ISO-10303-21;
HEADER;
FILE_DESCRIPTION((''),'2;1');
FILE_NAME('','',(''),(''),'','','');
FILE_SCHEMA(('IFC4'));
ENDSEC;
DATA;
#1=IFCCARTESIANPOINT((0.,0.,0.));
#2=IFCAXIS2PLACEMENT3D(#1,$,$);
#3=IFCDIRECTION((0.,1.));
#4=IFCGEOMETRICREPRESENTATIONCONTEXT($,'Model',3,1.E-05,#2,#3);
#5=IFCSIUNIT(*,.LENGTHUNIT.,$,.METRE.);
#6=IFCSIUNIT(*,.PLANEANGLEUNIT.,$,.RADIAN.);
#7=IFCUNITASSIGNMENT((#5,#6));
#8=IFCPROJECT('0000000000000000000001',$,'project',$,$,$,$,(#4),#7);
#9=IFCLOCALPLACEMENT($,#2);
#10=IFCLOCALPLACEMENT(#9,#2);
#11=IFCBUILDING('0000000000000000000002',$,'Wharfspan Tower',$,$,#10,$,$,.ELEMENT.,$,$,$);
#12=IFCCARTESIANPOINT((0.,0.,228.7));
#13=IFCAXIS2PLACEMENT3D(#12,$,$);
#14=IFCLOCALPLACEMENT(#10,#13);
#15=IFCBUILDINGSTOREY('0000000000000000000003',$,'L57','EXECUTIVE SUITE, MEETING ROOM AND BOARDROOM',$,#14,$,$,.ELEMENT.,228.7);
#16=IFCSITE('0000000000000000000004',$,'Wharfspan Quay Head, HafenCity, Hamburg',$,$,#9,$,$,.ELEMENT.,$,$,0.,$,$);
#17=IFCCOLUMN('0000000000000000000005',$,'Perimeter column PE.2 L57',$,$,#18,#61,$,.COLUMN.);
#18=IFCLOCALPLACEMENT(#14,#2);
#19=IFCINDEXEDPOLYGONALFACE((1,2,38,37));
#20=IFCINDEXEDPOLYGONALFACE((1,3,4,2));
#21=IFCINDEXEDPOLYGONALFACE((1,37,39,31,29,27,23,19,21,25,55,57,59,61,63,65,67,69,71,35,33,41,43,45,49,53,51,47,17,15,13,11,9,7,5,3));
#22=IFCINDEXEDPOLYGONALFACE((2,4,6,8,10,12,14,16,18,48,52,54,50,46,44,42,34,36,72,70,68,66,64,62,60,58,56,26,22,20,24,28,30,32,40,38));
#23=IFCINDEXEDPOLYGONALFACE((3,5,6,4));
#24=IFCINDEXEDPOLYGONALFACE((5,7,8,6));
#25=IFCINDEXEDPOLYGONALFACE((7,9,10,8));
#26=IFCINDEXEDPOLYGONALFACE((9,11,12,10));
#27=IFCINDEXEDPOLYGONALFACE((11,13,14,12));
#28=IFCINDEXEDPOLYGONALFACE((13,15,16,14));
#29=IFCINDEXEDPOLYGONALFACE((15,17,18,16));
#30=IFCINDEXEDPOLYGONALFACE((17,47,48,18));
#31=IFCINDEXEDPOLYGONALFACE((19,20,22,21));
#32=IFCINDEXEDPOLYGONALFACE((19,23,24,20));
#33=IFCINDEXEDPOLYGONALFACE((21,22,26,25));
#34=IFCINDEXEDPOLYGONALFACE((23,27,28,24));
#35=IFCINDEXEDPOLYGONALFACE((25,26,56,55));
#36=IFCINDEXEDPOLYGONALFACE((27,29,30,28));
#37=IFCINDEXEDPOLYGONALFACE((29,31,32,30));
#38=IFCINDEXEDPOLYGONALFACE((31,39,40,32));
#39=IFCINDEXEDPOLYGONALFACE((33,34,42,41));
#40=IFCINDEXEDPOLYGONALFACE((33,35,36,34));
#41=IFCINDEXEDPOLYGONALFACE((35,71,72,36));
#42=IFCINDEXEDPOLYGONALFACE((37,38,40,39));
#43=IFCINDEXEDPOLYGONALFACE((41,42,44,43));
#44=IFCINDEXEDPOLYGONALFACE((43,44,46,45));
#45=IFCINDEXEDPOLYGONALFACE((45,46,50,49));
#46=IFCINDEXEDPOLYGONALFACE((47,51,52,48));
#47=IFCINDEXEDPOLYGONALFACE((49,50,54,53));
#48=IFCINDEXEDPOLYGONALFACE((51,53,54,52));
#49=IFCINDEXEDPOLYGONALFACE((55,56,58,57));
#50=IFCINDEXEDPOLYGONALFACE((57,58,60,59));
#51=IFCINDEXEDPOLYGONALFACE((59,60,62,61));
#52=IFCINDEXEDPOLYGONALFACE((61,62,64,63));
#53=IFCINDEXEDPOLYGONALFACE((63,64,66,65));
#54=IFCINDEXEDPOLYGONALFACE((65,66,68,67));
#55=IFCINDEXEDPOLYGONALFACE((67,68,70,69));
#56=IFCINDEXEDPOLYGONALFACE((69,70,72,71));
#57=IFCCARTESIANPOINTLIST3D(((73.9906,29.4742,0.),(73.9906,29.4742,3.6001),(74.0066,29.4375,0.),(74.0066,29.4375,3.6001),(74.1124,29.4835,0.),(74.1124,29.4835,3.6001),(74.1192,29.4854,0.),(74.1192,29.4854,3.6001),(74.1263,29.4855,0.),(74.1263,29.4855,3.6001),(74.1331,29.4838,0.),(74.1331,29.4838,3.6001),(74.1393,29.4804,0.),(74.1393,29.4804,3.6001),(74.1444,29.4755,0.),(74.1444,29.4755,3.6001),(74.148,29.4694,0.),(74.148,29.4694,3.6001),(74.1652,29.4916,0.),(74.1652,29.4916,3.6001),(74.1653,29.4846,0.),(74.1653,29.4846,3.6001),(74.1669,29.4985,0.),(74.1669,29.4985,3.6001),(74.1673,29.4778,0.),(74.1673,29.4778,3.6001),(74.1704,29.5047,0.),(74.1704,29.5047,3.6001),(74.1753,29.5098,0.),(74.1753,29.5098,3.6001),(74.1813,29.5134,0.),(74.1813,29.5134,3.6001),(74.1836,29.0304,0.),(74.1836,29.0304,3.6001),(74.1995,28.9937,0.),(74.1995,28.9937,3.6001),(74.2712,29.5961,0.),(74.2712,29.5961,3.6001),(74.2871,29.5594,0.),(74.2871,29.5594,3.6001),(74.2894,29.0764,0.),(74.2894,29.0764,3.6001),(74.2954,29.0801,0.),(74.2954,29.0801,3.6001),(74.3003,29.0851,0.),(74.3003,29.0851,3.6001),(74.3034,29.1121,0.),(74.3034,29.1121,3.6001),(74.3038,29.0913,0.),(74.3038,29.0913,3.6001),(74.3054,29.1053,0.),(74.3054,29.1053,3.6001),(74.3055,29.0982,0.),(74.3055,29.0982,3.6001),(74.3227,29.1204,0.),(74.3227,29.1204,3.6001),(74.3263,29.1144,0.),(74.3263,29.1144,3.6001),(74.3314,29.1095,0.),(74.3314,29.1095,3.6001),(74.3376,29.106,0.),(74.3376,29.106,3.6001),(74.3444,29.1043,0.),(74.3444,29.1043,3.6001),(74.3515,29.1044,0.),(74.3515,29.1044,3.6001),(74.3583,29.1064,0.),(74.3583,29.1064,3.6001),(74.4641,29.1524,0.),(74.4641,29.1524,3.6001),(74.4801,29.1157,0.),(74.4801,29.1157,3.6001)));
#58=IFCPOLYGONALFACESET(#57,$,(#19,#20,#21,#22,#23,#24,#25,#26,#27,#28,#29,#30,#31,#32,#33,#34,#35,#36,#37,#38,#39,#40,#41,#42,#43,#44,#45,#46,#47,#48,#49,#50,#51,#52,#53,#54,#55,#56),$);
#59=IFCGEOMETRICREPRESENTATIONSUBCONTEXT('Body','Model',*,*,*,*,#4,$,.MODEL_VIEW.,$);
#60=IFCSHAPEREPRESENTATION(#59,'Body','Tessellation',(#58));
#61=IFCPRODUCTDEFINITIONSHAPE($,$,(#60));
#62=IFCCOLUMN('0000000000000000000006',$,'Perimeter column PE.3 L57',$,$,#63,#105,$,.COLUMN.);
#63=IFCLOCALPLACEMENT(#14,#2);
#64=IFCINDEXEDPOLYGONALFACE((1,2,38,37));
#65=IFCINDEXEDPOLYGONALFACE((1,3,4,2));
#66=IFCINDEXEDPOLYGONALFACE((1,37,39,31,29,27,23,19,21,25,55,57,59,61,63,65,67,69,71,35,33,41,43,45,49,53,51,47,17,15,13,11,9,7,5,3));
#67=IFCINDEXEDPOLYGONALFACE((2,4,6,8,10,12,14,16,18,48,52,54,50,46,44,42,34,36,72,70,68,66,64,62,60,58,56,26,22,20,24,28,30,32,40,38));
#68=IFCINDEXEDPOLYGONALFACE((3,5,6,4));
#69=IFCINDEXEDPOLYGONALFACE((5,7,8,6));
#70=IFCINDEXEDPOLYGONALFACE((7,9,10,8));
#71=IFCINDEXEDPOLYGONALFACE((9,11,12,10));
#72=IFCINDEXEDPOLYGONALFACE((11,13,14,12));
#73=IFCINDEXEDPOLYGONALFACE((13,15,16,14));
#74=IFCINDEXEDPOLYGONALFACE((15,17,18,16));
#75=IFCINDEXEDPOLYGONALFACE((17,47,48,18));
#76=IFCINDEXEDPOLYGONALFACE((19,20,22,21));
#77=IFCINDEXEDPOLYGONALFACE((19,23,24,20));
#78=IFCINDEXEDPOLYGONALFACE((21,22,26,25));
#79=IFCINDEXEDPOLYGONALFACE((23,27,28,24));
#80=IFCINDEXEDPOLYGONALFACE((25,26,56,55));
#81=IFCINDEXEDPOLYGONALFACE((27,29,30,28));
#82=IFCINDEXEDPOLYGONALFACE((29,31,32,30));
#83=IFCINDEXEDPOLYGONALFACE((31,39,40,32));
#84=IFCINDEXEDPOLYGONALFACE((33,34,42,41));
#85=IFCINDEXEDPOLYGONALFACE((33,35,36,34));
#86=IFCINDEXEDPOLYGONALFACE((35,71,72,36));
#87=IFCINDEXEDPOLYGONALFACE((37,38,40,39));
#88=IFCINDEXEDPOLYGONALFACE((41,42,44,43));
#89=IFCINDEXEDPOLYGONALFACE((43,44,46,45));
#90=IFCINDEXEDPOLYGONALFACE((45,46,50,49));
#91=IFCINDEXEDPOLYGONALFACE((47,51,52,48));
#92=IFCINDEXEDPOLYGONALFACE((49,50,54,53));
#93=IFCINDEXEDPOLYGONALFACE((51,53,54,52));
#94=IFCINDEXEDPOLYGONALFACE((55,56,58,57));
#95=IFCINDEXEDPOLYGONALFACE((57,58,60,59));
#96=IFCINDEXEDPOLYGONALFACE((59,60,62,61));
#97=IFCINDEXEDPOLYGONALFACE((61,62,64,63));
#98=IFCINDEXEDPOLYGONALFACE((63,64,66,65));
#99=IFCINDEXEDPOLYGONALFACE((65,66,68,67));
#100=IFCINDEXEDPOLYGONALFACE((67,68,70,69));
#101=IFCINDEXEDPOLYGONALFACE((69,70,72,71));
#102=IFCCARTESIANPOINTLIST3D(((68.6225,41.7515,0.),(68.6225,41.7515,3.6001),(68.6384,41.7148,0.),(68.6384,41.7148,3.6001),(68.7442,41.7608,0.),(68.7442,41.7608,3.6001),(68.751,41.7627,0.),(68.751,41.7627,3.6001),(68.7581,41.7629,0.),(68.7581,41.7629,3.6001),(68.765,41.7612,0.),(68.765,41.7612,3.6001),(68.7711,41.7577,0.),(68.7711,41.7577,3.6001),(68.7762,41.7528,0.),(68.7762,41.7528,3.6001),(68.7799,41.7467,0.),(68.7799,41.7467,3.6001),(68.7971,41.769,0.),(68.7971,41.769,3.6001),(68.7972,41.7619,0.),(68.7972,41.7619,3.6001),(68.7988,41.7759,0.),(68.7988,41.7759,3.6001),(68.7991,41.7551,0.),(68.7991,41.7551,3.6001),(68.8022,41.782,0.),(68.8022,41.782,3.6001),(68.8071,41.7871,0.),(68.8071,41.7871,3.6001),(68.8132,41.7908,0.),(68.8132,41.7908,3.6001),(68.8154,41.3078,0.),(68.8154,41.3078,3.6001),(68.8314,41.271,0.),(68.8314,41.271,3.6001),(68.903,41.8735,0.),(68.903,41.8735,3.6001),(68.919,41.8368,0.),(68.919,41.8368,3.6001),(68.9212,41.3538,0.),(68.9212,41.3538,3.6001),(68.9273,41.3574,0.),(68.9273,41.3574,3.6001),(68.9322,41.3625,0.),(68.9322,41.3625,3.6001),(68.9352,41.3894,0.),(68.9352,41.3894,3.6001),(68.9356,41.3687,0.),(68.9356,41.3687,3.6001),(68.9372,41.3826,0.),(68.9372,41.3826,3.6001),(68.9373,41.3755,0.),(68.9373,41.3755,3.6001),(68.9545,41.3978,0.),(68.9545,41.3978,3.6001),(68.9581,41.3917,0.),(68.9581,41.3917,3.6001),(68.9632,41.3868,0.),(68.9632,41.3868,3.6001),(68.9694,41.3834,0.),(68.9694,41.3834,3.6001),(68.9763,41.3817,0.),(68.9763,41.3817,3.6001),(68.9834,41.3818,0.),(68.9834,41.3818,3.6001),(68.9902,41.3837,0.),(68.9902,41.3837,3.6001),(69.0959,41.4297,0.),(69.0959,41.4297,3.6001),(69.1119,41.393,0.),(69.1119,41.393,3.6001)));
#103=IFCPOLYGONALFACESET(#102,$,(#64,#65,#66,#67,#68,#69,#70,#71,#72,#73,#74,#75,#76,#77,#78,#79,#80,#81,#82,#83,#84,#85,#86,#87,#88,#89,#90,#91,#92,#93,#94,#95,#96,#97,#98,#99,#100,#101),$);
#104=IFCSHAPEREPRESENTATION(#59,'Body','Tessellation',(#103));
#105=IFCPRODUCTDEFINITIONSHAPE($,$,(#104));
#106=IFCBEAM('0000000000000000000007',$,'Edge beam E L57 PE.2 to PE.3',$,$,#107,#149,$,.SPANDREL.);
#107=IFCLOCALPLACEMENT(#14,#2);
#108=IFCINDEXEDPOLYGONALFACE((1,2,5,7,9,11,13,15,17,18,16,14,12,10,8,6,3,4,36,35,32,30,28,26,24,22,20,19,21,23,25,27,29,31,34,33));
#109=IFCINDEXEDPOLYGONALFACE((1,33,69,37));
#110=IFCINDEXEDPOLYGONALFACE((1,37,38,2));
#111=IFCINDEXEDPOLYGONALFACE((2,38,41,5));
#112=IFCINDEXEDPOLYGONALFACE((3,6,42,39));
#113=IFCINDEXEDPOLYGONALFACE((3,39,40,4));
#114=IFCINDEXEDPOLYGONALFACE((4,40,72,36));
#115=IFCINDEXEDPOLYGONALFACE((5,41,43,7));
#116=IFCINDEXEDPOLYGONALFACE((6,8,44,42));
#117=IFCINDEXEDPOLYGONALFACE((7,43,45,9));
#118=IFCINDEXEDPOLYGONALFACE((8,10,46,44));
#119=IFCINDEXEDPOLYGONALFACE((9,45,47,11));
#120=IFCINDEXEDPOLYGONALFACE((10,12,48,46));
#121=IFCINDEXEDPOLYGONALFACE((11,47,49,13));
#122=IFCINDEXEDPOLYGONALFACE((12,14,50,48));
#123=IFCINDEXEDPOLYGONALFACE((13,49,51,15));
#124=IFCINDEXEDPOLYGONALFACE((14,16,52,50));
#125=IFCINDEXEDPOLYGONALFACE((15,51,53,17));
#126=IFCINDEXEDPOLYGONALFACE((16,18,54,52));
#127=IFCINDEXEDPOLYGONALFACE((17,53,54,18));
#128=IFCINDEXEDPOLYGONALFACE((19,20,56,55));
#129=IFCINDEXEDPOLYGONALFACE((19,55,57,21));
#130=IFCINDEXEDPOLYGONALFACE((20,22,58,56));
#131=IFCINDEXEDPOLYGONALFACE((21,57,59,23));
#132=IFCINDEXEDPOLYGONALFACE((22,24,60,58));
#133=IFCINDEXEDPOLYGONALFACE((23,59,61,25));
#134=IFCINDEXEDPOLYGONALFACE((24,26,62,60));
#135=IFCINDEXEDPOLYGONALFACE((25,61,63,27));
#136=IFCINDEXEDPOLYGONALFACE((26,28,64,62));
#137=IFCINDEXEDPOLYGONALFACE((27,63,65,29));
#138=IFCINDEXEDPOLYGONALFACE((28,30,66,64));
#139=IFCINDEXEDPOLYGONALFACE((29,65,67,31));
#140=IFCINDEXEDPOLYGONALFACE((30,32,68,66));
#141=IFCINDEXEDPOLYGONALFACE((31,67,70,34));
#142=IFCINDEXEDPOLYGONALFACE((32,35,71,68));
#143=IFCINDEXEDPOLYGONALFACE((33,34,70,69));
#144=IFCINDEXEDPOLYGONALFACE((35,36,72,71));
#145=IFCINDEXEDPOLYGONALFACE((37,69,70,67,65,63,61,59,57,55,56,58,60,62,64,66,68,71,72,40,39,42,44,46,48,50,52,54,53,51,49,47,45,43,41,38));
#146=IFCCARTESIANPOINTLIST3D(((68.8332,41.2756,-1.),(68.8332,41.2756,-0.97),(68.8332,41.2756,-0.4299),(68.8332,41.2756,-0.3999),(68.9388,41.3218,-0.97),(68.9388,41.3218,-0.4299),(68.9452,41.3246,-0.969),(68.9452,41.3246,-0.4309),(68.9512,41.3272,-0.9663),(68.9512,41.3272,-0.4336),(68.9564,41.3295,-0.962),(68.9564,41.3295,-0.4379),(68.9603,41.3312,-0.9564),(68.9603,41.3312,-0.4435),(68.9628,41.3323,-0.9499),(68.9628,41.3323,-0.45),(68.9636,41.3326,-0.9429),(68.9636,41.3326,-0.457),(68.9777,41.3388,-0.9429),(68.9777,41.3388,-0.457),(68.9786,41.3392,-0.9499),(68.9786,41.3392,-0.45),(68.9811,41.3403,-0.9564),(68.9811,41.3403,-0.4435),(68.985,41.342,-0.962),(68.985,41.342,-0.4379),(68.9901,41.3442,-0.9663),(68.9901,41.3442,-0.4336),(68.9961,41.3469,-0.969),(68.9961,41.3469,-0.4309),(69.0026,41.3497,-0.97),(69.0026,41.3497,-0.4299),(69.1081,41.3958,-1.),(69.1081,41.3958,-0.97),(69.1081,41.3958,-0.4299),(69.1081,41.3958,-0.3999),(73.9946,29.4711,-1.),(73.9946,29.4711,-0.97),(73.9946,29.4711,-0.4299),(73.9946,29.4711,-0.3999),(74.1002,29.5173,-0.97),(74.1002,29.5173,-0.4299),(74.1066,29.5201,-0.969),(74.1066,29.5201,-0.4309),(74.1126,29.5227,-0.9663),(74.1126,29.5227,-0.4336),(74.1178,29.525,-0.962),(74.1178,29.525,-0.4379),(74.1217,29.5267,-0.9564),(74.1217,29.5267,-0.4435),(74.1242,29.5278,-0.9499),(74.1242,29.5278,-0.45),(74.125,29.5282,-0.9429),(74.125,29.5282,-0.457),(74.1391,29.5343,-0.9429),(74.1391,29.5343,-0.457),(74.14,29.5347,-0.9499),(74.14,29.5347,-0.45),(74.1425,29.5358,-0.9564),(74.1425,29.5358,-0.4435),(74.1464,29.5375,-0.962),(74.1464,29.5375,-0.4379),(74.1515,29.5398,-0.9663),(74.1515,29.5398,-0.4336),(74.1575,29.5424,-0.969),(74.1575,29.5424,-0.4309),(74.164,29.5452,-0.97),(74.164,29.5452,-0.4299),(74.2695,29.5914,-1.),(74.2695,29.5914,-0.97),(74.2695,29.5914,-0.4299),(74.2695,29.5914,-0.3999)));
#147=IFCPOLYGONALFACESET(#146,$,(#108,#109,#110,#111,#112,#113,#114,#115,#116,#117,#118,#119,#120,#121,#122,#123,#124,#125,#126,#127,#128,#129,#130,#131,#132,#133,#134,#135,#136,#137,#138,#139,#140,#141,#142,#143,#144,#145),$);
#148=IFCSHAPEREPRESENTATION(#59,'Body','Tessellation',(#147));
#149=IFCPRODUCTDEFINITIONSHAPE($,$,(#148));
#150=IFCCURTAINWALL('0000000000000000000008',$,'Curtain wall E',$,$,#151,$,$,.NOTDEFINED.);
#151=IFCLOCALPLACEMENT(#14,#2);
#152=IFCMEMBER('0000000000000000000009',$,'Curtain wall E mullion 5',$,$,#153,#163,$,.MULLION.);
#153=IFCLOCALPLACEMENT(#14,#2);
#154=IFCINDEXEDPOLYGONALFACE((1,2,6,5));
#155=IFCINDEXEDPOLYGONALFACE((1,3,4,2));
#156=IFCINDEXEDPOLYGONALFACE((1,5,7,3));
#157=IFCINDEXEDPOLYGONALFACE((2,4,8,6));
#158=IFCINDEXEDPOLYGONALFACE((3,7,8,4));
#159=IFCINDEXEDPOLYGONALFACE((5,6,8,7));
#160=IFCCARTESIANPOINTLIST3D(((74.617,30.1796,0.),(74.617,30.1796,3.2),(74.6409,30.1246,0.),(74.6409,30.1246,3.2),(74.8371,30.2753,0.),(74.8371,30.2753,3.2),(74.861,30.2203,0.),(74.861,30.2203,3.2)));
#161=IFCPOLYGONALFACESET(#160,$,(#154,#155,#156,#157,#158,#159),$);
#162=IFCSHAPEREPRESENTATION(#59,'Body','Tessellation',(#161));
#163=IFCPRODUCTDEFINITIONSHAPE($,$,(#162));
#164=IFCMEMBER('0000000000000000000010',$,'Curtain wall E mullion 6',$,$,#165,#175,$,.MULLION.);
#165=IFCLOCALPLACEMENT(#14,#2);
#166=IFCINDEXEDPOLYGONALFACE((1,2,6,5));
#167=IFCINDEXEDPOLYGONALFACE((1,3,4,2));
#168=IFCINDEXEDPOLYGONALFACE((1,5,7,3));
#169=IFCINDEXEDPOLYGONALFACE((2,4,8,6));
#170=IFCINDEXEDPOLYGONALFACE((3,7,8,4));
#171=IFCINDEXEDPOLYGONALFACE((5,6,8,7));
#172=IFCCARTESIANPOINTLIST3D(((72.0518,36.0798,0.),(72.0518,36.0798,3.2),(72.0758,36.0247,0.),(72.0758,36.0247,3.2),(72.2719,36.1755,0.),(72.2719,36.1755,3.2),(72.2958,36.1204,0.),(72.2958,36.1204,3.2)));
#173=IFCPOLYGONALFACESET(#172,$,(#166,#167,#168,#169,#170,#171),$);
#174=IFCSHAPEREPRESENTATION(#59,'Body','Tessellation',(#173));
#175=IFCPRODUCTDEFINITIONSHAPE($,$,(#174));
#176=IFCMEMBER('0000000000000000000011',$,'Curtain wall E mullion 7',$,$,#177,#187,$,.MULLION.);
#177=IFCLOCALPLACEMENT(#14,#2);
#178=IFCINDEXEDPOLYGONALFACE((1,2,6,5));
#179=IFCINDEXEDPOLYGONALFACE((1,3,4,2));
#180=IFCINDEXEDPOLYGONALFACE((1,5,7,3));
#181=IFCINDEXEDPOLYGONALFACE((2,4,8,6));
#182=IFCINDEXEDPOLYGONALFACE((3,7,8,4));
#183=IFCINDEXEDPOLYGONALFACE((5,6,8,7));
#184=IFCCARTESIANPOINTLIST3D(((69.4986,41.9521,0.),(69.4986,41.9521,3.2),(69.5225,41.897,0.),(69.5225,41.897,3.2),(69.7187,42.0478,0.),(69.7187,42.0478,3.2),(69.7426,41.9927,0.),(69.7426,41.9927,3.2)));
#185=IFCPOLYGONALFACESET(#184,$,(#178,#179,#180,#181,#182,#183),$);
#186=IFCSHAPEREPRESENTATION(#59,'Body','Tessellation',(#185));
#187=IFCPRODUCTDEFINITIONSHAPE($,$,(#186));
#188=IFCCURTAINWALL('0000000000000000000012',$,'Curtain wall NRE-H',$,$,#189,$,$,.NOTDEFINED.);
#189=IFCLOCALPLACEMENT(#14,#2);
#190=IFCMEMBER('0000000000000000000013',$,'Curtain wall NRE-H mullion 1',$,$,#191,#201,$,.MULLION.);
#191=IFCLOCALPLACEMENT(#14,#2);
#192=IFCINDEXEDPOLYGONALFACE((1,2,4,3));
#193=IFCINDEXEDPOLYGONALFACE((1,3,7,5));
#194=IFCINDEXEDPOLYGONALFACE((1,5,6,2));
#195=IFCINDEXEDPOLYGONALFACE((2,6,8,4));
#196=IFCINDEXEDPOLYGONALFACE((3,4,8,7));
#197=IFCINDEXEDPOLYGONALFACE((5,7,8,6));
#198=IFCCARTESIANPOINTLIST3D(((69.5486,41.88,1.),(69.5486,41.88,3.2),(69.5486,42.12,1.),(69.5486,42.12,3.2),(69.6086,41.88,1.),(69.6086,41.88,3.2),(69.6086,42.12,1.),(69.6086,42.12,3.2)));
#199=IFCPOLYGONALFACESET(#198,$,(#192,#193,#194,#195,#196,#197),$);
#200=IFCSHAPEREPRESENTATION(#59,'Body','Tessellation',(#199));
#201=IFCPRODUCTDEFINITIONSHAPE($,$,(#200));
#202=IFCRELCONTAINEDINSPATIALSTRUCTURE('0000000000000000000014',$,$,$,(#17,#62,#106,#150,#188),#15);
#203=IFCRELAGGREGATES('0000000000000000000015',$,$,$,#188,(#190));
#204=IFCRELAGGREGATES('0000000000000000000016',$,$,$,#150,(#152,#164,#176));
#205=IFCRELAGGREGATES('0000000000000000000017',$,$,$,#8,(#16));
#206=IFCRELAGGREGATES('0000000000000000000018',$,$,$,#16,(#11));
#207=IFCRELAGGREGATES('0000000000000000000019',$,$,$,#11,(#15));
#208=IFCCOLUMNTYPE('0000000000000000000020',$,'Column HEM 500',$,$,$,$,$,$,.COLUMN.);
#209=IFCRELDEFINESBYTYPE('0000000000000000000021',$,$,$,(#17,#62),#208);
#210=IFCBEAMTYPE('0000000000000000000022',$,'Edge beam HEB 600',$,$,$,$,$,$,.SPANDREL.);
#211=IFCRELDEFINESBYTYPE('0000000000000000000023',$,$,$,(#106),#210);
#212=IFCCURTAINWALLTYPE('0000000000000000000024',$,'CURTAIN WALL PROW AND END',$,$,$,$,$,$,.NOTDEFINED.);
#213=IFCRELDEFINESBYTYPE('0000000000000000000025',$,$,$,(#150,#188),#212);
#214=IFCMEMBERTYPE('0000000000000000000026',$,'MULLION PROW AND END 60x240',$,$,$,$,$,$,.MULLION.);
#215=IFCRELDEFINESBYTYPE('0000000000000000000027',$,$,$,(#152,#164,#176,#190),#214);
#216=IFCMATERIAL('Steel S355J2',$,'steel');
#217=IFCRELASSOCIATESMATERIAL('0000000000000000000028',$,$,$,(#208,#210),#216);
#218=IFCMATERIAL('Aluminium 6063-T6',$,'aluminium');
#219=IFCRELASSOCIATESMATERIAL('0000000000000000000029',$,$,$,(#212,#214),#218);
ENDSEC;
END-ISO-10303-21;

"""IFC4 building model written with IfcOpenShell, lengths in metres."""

from ifc_helpers import new_model, si_unit, direction, frame, origin, origin_2d, place, context, subcontext, project, spatial, rectangle, i_section, extrude, material, material_profile, profile_set, type_object, element, aggregate, save


model = new_model("IFC4")

# Units and contexts
model_context = context("Model", 3, precision=1e-05, world=origin(), true_north=direction((0.0, 1.0)))
body_context = subcontext(model_context, "Body", "Model", "MODEL_VIEW")
ifc_project = project(units=[si_unit("LENGTHUNIT", "METRE"), si_unit("PLANEANGLEUNIT", "RADIAN")], contexts=[model_context])

# Site, building, storey
site_placement = place(None, origin())
site = spatial("IfcSite", under=ifc_project, at=site_placement, Name="Wharfspan Quay Head, HafenCity, Hamburg", CompositionType="ELEMENT", RefElevation=0.0)
building_placement = place(site_placement, origin())
building = spatial("IfcBuilding", under=site, at=building_placement, Name="Wharfspan Tower", CompositionType="ELEMENT")
storey_placement = place(building_placement, frame((0.0, 0.0, 228.7)))
storey = spatial("IfcBuildingStorey", under=building, at=storey_placement, Name="L57", Description="EXECUTIVE SUITE, MEETING ROOM AND BOARDROOM", CompositionType="ELEMENT", Elevation=228.7)

# Columns
ifc_material_1 = material(Name="Steel S355J2", Category="steel")
ifc_material_profile_1 = material_profile(ifc_material_1, i_section(OverallWidth=0.3059, OverallDepth=0.5239, WebThickness=0.021, FlangeThickness=0.04, FilletRadius=0.0271, at=origin_2d()))
ifc_profile_set_1 = profile_set([ifc_material_profile_1], Name="Steel S355J2")
column_type = type_object("IfcColumnType", Name="Column HEM 500", PredefinedType="COLUMN", material=ifc_profile_set_1)
for number, where, z_axis, x_axis, name in (
    (1, (74.2354, 29.2949, 0.0), (0.0, 0.0, 1.0), (0.917072, 0.398727, 0.0), "Perimeter column PE.2 L57"),
    (2, (68.8672, 41.5723, 0.0), (0.0, 0.0, 1.0), (0.917072, 0.398727, 0.0), "Perimeter column PE.3 L57"),
):
    element("IfcColumn", number, at=place(storey_placement, frame(where, z_axis=z_axis, x_axis=x_axis)), inside=storey, type_object=column_type, Name=name, PredefinedType="COLUMN", context=body_context, shape_type="SweptSolid", body=[
        extrude(i_section(OverallWidth=0.3059, OverallDepth=0.5239, WebThickness=0.021, FlangeThickness=0.04, FilletRadius=0.0271, at=origin_2d()), origin(), (0.0, 0.0, 1.0), 3.6001),
    ])

# Beam
ifc_material_profile_2 = material_profile(ifc_material_1, i_section(OverallWidth=0.3, OverallDepth=0.6001, WebThickness=0.0154, FlangeThickness=0.03, FilletRadius=0.0271, at=origin_2d()))
ifc_profile_set_2 = profile_set([ifc_material_profile_2], Name="Steel S355J2")
beam_type = type_object("IfcBeamType", Name="Edge beam HEB 600", PredefinedType="SPANDREL", material=ifc_profile_set_2)
beam_placement = place(storey_placement, frame((74.1321, 29.5312, -0.7), z_axis=(-0.400619, 0.916245, 0.0), x_axis=(-0.916245, -0.400619, 0.0)))
element("IfcBeam", 3, at=beam_placement, inside=storey, type_object=beam_type, Name="Edge beam E L57 PE.2 to PE.3", PredefinedType="SPANDREL", context=body_context, shape_type="SweptSolid", body=[
    extrude(i_section(OverallWidth=0.3, OverallDepth=0.6001, WebThickness=0.0154, FlangeThickness=0.03, FilletRadius=0.0271, at=origin_2d()), origin(), (0.0, 0.0, 1.0), 12.8835),
])

# Curtain wall, members
ifc_material_2 = material(Name="Aluminium 6063-T6", Category="aluminium")
curtain_wall_type = type_object("IfcCurtainWallType", Name="CURTAIN WALL PROW AND END", PredefinedType="NOTDEFINED", material=ifc_material_2)
curtain_wall_1_placement = place(storey_placement, origin())
curtain_wall_1 = element("IfcCurtainWall", 4, at=curtain_wall_1_placement, inside=storey, type_object=curtain_wall_type, Name="Curtain wall E", PredefinedType="NOTDEFINED")
ifc_material_profile_3 = material_profile(ifc_material_2, rectangle(XDim=0.24, YDim=0.0601, at=origin_2d()))
ifc_profile_set_3 = profile_set([ifc_material_profile_3], Name="Aluminium 6063-T6")
member_type_1 = type_object("IfcMemberType", Name="MULLION PROW AND END 60x240", PredefinedType="MULLION", material=ifc_profile_set_3)
member_1_placement = place(storey_placement, frame((74.739, 30.2, 0.0), z_axis=(0.0, 0.0, 1.0), x_axis=(-0.917072, -0.398727, 0.0)))
member_1 = element("IfcMember", 5, at=member_1_placement, type_object=member_type_1, Name="Curtain wall E mullion 5", PredefinedType="MULLION", context=body_context, shape_type="SweptSolid", body=[
    extrude(rectangle(XDim=0.24, YDim=0.0601, at=origin_2d()), origin(), (0.0, 0.0, 1.0), 3.2),
])
member_2_placement = place(storey_placement, frame((72.1738, 36.1001, 0.0), z_axis=(0.0, 0.0, 1.0), x_axis=(-0.917072, -0.398727, 0.0)))
member_2 = element("IfcMember", 6, at=member_2_placement, type_object=member_type_1, Name="Curtain wall E mullion 6", PredefinedType="MULLION", context=body_context, shape_type="SweptSolid", body=[
    extrude(rectangle(XDim=0.24, YDim=0.0601, at=origin_2d()), origin(), (0.0, 0.0, 1.0), 3.2),
])
member_3_placement = place(storey_placement, frame((69.6206, 41.9724, 0.0), z_axis=(0.0, 0.0, 1.0), x_axis=(-0.917072, -0.398727, 0.0)))
member_3 = element("IfcMember", 7, at=member_3_placement, type_object=member_type_1, Name="Curtain wall E mullion 7", PredefinedType="MULLION", context=body_context, shape_type="SweptSolid", body=[
    extrude(rectangle(XDim=0.24, YDim=0.0601, at=origin_2d()), origin(), (0.0, 0.0, 1.0), 3.2),
])

# Curtain wall, member
curtain_wall_2_placement = place(storey_placement, origin())
curtain_wall_2 = element("IfcCurtainWall", 8, at=curtain_wall_2_placement, inside=storey, type_object=curtain_wall_type, Name="Curtain wall NRE-H", PredefinedType="NOTDEFINED")
member_4_placement = place(storey_placement, frame((69.5786, 42.0, 1.0), z_axis=(0.0, 0.0, 1.0), x_axis=(0.0, -1.0, 0.0)))
member_4 = element("IfcMember", 9, at=member_4_placement, type_object=member_type_1, Name="Curtain wall NRE-H mullion 1", PredefinedType="MULLION", context=body_context, shape_type="SweptSolid", body=[
    extrude(rectangle(XDim=0.24, YDim=0.0601, at=origin_2d()), origin(), (0.0, 0.0, 1.0), 2.2),
])

aggregate(curtain_wall_2, [member_4])
aggregate(curtain_wall_1, [member_1, member_2, member_3])

save(model, "model.ifc")
